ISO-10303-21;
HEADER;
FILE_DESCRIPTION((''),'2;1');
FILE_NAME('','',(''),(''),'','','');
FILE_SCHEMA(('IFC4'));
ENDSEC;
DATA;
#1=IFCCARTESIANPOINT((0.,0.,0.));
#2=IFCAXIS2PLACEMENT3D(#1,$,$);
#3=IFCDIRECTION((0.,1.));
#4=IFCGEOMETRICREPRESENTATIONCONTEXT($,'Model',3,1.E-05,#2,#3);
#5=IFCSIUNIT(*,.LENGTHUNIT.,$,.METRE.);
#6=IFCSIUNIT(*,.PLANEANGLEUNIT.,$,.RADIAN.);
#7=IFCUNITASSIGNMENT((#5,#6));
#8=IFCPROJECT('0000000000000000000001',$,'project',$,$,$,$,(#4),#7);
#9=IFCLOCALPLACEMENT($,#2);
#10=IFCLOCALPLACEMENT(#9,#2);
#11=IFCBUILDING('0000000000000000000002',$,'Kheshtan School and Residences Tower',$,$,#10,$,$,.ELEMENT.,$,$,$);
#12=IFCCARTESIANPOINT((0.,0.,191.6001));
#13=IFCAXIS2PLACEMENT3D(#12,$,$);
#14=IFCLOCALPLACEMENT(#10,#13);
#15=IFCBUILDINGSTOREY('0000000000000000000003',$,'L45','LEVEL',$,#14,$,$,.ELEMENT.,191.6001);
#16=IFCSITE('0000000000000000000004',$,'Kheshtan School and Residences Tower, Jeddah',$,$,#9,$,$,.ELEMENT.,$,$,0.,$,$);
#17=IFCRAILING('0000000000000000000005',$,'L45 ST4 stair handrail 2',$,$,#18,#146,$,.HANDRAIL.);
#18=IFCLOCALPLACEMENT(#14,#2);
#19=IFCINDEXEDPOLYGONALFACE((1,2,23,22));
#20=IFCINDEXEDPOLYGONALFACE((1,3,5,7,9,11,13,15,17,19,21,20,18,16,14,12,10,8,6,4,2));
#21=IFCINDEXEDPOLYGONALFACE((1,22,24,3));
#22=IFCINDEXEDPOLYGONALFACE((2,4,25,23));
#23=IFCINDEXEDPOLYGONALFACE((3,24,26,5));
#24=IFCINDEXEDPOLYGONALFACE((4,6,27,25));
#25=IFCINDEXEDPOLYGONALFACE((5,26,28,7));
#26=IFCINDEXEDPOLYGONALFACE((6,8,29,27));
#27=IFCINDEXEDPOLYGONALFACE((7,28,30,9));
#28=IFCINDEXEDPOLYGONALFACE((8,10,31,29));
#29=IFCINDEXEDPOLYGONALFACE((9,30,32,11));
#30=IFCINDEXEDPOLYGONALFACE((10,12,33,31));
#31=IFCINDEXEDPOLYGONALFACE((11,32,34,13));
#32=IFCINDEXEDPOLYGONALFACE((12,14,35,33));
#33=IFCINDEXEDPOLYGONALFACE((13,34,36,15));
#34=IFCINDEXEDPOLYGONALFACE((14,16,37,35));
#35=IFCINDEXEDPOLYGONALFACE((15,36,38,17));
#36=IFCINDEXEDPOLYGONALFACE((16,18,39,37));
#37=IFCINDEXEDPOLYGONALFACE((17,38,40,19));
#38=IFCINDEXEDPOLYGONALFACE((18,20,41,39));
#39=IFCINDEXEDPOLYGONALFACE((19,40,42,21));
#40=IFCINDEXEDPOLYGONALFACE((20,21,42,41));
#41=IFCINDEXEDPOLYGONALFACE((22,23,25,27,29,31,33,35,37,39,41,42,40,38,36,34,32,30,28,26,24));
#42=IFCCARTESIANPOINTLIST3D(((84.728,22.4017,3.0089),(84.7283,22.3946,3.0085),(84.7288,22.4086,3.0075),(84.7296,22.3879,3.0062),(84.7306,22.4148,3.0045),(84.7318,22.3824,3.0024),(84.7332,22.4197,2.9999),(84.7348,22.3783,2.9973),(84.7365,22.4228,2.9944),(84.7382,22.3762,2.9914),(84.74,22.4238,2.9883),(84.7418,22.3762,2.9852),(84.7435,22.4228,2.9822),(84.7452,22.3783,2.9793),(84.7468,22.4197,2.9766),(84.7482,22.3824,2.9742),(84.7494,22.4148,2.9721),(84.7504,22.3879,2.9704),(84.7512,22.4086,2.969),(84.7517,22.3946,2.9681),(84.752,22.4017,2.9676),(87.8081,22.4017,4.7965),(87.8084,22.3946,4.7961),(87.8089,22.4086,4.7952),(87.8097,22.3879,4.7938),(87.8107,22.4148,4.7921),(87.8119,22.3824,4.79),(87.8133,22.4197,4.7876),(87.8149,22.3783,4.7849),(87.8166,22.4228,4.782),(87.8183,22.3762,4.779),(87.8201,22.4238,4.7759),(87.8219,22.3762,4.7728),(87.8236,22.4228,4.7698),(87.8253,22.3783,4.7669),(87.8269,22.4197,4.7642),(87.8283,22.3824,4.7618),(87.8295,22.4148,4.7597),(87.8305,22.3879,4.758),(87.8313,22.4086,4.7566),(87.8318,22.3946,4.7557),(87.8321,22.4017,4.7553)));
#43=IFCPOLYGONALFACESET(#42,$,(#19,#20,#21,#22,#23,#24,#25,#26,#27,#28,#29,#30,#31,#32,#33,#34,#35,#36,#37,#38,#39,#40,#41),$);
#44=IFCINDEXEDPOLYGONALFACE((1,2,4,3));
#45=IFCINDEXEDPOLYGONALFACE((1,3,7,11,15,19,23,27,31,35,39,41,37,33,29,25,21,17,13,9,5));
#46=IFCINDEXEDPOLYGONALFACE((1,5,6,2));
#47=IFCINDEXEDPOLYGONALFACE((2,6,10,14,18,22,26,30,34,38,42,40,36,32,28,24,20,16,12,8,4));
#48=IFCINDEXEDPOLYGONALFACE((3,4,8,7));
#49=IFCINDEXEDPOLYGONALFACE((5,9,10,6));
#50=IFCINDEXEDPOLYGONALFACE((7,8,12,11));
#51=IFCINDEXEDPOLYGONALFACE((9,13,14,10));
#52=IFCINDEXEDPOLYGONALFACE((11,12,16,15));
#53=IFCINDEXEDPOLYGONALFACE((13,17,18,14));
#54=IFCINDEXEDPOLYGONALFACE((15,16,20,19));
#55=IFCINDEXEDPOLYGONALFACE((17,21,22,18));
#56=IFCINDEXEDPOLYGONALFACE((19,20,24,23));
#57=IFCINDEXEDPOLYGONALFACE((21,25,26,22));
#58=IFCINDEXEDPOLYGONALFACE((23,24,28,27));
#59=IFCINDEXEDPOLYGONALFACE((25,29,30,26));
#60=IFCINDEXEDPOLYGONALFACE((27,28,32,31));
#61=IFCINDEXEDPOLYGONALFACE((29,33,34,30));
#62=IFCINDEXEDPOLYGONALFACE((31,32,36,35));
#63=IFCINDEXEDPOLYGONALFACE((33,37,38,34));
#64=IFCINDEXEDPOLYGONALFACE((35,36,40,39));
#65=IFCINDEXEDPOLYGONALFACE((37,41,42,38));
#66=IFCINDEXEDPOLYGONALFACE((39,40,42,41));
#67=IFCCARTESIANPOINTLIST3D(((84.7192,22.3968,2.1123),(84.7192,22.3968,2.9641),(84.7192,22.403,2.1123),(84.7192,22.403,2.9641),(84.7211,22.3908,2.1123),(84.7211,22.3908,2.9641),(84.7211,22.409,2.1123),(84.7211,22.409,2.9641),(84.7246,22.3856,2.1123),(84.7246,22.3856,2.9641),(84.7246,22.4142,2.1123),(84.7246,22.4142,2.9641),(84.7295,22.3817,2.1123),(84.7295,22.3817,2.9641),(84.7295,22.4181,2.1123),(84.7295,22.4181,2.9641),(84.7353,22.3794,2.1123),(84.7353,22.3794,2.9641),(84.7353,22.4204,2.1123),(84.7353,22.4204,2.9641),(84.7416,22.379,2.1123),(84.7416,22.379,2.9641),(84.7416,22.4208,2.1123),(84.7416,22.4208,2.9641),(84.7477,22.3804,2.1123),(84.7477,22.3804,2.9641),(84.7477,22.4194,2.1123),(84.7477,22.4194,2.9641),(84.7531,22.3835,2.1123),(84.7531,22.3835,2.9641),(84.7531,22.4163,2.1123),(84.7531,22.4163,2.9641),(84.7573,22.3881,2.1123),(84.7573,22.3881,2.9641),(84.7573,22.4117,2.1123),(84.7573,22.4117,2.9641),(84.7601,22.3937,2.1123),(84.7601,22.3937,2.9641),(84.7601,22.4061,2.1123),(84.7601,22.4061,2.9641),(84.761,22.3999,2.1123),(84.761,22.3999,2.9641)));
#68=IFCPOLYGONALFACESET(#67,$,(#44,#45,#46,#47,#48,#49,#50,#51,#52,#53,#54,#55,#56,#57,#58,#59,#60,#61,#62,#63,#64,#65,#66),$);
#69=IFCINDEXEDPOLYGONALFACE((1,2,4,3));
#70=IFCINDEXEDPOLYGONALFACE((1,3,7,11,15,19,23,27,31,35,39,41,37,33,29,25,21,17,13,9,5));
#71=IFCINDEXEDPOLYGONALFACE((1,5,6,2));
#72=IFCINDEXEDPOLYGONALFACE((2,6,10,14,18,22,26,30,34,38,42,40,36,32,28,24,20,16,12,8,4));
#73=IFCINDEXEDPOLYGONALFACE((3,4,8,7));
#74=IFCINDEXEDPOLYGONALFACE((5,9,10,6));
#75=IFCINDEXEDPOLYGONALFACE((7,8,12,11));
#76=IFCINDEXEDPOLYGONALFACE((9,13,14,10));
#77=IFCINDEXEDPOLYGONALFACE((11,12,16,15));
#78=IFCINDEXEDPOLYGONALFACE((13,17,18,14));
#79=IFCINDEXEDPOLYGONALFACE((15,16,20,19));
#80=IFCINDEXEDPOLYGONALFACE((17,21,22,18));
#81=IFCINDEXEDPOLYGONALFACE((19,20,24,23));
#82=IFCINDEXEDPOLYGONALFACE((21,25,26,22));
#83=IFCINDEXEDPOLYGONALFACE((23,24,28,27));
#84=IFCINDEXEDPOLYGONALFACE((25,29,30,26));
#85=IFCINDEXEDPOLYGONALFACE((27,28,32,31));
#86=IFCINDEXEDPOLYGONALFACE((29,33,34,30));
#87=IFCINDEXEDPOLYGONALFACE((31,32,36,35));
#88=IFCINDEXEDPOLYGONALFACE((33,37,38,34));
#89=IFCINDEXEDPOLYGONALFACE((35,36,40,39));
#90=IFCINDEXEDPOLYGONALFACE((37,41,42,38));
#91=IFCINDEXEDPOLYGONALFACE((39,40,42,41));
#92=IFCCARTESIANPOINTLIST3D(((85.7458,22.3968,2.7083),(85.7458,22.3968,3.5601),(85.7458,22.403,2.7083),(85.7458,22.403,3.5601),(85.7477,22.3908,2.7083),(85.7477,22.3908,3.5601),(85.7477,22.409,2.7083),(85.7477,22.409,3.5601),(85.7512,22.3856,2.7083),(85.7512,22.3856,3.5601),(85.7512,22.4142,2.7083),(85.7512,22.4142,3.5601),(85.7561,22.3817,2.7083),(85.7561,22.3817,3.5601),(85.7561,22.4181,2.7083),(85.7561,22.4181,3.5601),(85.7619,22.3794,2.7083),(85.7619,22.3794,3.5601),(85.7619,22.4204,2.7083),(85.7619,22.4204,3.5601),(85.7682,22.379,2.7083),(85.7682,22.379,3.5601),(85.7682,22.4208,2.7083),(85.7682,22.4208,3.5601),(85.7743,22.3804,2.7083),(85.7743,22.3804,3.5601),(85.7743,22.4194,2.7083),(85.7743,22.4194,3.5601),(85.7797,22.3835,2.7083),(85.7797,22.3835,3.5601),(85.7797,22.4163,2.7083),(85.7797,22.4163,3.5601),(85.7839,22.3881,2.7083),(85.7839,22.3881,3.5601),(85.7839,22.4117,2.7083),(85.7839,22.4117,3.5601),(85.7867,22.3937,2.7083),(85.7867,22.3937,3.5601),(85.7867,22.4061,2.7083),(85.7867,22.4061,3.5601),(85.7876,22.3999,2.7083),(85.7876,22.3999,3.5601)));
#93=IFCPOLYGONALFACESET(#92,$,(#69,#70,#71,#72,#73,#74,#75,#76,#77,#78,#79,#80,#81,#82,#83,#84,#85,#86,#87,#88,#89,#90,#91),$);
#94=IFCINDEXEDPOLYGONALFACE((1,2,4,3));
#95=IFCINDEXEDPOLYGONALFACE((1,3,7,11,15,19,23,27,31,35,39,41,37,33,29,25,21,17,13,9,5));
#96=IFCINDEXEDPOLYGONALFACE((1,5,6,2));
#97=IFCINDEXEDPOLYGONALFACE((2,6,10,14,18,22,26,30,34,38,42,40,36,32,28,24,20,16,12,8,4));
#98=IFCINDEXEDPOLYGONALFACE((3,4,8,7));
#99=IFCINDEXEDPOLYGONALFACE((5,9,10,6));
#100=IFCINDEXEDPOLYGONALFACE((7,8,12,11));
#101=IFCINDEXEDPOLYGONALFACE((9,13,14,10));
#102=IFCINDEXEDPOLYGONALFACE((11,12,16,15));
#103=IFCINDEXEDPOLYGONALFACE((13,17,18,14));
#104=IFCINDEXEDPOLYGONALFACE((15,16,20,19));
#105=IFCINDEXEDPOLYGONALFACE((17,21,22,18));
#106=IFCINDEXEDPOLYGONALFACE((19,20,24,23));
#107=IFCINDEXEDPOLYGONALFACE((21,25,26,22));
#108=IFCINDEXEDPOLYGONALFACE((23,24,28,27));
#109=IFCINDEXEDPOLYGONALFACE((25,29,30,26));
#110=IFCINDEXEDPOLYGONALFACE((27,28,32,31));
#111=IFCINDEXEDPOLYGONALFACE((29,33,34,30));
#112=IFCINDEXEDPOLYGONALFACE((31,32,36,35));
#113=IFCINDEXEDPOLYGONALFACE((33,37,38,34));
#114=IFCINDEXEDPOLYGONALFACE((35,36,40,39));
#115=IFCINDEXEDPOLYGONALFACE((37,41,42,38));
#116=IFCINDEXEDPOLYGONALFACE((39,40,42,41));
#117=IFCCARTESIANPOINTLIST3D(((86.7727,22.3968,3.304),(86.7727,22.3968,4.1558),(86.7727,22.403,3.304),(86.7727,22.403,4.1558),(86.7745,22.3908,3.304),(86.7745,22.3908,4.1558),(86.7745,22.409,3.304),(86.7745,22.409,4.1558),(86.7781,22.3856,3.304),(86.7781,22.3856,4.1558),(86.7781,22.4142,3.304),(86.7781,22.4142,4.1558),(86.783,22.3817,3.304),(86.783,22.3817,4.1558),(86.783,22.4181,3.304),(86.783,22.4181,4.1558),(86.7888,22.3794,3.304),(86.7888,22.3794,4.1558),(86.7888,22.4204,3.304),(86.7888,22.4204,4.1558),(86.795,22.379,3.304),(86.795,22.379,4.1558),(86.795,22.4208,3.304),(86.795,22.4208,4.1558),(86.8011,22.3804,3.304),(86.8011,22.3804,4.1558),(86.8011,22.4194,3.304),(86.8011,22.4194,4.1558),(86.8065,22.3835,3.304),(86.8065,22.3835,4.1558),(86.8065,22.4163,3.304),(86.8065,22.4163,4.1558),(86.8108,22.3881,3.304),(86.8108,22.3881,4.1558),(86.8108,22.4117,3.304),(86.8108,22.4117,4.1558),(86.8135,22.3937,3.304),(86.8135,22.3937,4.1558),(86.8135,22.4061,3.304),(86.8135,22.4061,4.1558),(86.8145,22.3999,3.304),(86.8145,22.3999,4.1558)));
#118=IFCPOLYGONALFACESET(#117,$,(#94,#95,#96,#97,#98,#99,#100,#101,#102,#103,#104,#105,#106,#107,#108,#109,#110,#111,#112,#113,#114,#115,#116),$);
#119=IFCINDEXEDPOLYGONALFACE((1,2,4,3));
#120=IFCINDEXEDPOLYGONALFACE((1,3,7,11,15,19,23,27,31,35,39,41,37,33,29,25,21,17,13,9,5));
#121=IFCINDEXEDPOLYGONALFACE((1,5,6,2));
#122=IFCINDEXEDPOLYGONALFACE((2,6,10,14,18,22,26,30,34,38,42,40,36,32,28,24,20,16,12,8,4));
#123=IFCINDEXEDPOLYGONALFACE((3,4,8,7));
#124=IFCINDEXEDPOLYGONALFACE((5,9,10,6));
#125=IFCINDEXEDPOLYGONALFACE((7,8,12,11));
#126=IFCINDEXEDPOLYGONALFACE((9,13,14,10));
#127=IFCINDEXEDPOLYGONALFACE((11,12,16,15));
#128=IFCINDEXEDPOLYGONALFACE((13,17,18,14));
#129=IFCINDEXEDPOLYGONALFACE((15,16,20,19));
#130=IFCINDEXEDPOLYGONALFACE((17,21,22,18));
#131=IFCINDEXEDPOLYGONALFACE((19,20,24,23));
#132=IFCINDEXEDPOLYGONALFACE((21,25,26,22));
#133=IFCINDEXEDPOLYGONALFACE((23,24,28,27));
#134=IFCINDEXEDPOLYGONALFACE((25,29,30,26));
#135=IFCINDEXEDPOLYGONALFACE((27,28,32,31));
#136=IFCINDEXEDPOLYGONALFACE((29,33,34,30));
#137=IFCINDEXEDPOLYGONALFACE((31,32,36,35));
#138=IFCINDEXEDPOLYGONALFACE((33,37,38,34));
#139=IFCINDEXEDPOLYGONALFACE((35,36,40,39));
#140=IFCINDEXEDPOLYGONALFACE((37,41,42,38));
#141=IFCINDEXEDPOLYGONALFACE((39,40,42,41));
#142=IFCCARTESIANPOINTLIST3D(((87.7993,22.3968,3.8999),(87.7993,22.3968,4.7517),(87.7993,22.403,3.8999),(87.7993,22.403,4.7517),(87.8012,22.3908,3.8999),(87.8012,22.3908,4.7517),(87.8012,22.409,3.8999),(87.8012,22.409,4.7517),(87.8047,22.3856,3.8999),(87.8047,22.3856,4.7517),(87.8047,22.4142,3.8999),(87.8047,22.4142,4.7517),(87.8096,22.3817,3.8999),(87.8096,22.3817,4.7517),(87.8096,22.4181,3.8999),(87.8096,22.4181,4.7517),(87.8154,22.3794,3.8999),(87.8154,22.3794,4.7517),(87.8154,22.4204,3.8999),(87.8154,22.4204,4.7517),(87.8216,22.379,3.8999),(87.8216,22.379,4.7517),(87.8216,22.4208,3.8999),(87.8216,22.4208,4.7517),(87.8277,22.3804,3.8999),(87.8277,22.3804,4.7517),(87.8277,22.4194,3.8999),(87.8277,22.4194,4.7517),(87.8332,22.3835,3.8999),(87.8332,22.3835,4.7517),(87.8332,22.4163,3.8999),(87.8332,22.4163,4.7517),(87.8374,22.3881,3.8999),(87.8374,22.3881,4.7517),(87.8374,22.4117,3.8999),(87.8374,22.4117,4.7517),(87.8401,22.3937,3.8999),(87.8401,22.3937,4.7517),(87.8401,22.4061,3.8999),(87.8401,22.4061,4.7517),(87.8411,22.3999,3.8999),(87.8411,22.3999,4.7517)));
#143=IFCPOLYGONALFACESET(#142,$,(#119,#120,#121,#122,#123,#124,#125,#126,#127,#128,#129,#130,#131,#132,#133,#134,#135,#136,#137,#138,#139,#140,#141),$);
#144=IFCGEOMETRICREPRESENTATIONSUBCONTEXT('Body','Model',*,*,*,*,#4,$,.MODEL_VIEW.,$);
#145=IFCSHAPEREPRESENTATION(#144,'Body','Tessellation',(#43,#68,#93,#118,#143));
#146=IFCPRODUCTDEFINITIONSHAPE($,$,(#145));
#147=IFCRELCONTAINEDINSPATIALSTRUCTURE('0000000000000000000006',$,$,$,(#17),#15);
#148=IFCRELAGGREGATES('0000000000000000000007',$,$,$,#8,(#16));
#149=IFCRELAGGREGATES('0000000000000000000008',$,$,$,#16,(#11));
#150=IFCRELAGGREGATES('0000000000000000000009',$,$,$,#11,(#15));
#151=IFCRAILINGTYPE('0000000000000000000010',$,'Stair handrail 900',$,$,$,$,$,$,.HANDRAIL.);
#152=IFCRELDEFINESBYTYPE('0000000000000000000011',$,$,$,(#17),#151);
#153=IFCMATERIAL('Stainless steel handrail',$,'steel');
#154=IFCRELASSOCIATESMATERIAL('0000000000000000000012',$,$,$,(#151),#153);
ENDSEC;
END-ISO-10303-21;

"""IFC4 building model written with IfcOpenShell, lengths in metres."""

from ifc_helpers import new_model, si_unit, direction, frame, origin, origin_2d, place, context, subcontext, project, spatial, circle, extrude, material, type_object, element, save


model = new_model("IFC4")

# Units and contexts
model_context = context("Model", 3, precision=1e-05, world=origin(), true_north=direction((0.0, 1.0)))
body_context = subcontext(model_context, "Body", "Model", "MODEL_VIEW")
ifc_project = project(units=[si_unit("LENGTHUNIT", "METRE"), si_unit("PLANEANGLEUNIT", "RADIAN")], contexts=[model_context])

# Site, building, storey
site_placement = place(None, origin())
site = spatial("IfcSite", under=ifc_project, at=site_placement, Name="Kheshtan School and Residences Tower, Jeddah", CompositionType="ELEMENT", RefElevation=0.0)
building_placement = place(site_placement, origin())
building = spatial("IfcBuilding", under=site, at=building_placement, Name="Kheshtan School and Residences Tower", CompositionType="ELEMENT")
storey_placement = place(building_placement, frame((0.0, 0.0, 191.6001)))
storey = spatial("IfcBuildingStorey", under=building, at=storey_placement, Name="L45", Description="LEVEL", CompositionType="ELEMENT", Elevation=191.6001)

# Railing
ifc_material_1 = material(Name="Stainless steel handrail", Category="steel")
railing_type_1 = type_object("IfcRailingType", Name="Stair handrail 900", PredefinedType="HANDRAIL", material=ifc_material_1)
railing_1_placement = place(storey_placement, frame((84.74, 22.3999, 2.1123)))
element("IfcRailing", 1, at=railing_1_placement, inside=storey, type_object=railing_type_1, Name="L45 ST4 stair handrail 2", PredefinedType="HANDRAIL", context=body_context, shape_type="SweptSolid", body=[
    extrude(circle(Radius=0.0239, at=origin_2d()), frame((0.0, 0.0, 0.876), z_axis=(0.864891, 0.0, 0.50196), x_axis=(0.0, 1.0, 0.0)), (0.0, 0.0, 1.0), 3.5613),
    extrude(circle(Radius=0.021, at=origin_2d()), origin(), (0.0, 0.0, 1.0), 0.8518),
    extrude(circle(Radius=0.021, at=origin_2d()), frame((1.0266, 0.0, 0.5959)), (0.0, 0.0, 1.0), 0.8518),
    extrude(circle(Radius=0.021, at=origin_2d()), frame((2.0535, 0.0, 1.1917)), (0.0, 0.0, 1.0), 0.8518),
    extrude(circle(Radius=0.021, at=origin_2d()), frame((3.0801, 0.0, 1.7876)), (0.0, 0.0, 1.0), 0.8518),
])

save(model, "model.ifc")
